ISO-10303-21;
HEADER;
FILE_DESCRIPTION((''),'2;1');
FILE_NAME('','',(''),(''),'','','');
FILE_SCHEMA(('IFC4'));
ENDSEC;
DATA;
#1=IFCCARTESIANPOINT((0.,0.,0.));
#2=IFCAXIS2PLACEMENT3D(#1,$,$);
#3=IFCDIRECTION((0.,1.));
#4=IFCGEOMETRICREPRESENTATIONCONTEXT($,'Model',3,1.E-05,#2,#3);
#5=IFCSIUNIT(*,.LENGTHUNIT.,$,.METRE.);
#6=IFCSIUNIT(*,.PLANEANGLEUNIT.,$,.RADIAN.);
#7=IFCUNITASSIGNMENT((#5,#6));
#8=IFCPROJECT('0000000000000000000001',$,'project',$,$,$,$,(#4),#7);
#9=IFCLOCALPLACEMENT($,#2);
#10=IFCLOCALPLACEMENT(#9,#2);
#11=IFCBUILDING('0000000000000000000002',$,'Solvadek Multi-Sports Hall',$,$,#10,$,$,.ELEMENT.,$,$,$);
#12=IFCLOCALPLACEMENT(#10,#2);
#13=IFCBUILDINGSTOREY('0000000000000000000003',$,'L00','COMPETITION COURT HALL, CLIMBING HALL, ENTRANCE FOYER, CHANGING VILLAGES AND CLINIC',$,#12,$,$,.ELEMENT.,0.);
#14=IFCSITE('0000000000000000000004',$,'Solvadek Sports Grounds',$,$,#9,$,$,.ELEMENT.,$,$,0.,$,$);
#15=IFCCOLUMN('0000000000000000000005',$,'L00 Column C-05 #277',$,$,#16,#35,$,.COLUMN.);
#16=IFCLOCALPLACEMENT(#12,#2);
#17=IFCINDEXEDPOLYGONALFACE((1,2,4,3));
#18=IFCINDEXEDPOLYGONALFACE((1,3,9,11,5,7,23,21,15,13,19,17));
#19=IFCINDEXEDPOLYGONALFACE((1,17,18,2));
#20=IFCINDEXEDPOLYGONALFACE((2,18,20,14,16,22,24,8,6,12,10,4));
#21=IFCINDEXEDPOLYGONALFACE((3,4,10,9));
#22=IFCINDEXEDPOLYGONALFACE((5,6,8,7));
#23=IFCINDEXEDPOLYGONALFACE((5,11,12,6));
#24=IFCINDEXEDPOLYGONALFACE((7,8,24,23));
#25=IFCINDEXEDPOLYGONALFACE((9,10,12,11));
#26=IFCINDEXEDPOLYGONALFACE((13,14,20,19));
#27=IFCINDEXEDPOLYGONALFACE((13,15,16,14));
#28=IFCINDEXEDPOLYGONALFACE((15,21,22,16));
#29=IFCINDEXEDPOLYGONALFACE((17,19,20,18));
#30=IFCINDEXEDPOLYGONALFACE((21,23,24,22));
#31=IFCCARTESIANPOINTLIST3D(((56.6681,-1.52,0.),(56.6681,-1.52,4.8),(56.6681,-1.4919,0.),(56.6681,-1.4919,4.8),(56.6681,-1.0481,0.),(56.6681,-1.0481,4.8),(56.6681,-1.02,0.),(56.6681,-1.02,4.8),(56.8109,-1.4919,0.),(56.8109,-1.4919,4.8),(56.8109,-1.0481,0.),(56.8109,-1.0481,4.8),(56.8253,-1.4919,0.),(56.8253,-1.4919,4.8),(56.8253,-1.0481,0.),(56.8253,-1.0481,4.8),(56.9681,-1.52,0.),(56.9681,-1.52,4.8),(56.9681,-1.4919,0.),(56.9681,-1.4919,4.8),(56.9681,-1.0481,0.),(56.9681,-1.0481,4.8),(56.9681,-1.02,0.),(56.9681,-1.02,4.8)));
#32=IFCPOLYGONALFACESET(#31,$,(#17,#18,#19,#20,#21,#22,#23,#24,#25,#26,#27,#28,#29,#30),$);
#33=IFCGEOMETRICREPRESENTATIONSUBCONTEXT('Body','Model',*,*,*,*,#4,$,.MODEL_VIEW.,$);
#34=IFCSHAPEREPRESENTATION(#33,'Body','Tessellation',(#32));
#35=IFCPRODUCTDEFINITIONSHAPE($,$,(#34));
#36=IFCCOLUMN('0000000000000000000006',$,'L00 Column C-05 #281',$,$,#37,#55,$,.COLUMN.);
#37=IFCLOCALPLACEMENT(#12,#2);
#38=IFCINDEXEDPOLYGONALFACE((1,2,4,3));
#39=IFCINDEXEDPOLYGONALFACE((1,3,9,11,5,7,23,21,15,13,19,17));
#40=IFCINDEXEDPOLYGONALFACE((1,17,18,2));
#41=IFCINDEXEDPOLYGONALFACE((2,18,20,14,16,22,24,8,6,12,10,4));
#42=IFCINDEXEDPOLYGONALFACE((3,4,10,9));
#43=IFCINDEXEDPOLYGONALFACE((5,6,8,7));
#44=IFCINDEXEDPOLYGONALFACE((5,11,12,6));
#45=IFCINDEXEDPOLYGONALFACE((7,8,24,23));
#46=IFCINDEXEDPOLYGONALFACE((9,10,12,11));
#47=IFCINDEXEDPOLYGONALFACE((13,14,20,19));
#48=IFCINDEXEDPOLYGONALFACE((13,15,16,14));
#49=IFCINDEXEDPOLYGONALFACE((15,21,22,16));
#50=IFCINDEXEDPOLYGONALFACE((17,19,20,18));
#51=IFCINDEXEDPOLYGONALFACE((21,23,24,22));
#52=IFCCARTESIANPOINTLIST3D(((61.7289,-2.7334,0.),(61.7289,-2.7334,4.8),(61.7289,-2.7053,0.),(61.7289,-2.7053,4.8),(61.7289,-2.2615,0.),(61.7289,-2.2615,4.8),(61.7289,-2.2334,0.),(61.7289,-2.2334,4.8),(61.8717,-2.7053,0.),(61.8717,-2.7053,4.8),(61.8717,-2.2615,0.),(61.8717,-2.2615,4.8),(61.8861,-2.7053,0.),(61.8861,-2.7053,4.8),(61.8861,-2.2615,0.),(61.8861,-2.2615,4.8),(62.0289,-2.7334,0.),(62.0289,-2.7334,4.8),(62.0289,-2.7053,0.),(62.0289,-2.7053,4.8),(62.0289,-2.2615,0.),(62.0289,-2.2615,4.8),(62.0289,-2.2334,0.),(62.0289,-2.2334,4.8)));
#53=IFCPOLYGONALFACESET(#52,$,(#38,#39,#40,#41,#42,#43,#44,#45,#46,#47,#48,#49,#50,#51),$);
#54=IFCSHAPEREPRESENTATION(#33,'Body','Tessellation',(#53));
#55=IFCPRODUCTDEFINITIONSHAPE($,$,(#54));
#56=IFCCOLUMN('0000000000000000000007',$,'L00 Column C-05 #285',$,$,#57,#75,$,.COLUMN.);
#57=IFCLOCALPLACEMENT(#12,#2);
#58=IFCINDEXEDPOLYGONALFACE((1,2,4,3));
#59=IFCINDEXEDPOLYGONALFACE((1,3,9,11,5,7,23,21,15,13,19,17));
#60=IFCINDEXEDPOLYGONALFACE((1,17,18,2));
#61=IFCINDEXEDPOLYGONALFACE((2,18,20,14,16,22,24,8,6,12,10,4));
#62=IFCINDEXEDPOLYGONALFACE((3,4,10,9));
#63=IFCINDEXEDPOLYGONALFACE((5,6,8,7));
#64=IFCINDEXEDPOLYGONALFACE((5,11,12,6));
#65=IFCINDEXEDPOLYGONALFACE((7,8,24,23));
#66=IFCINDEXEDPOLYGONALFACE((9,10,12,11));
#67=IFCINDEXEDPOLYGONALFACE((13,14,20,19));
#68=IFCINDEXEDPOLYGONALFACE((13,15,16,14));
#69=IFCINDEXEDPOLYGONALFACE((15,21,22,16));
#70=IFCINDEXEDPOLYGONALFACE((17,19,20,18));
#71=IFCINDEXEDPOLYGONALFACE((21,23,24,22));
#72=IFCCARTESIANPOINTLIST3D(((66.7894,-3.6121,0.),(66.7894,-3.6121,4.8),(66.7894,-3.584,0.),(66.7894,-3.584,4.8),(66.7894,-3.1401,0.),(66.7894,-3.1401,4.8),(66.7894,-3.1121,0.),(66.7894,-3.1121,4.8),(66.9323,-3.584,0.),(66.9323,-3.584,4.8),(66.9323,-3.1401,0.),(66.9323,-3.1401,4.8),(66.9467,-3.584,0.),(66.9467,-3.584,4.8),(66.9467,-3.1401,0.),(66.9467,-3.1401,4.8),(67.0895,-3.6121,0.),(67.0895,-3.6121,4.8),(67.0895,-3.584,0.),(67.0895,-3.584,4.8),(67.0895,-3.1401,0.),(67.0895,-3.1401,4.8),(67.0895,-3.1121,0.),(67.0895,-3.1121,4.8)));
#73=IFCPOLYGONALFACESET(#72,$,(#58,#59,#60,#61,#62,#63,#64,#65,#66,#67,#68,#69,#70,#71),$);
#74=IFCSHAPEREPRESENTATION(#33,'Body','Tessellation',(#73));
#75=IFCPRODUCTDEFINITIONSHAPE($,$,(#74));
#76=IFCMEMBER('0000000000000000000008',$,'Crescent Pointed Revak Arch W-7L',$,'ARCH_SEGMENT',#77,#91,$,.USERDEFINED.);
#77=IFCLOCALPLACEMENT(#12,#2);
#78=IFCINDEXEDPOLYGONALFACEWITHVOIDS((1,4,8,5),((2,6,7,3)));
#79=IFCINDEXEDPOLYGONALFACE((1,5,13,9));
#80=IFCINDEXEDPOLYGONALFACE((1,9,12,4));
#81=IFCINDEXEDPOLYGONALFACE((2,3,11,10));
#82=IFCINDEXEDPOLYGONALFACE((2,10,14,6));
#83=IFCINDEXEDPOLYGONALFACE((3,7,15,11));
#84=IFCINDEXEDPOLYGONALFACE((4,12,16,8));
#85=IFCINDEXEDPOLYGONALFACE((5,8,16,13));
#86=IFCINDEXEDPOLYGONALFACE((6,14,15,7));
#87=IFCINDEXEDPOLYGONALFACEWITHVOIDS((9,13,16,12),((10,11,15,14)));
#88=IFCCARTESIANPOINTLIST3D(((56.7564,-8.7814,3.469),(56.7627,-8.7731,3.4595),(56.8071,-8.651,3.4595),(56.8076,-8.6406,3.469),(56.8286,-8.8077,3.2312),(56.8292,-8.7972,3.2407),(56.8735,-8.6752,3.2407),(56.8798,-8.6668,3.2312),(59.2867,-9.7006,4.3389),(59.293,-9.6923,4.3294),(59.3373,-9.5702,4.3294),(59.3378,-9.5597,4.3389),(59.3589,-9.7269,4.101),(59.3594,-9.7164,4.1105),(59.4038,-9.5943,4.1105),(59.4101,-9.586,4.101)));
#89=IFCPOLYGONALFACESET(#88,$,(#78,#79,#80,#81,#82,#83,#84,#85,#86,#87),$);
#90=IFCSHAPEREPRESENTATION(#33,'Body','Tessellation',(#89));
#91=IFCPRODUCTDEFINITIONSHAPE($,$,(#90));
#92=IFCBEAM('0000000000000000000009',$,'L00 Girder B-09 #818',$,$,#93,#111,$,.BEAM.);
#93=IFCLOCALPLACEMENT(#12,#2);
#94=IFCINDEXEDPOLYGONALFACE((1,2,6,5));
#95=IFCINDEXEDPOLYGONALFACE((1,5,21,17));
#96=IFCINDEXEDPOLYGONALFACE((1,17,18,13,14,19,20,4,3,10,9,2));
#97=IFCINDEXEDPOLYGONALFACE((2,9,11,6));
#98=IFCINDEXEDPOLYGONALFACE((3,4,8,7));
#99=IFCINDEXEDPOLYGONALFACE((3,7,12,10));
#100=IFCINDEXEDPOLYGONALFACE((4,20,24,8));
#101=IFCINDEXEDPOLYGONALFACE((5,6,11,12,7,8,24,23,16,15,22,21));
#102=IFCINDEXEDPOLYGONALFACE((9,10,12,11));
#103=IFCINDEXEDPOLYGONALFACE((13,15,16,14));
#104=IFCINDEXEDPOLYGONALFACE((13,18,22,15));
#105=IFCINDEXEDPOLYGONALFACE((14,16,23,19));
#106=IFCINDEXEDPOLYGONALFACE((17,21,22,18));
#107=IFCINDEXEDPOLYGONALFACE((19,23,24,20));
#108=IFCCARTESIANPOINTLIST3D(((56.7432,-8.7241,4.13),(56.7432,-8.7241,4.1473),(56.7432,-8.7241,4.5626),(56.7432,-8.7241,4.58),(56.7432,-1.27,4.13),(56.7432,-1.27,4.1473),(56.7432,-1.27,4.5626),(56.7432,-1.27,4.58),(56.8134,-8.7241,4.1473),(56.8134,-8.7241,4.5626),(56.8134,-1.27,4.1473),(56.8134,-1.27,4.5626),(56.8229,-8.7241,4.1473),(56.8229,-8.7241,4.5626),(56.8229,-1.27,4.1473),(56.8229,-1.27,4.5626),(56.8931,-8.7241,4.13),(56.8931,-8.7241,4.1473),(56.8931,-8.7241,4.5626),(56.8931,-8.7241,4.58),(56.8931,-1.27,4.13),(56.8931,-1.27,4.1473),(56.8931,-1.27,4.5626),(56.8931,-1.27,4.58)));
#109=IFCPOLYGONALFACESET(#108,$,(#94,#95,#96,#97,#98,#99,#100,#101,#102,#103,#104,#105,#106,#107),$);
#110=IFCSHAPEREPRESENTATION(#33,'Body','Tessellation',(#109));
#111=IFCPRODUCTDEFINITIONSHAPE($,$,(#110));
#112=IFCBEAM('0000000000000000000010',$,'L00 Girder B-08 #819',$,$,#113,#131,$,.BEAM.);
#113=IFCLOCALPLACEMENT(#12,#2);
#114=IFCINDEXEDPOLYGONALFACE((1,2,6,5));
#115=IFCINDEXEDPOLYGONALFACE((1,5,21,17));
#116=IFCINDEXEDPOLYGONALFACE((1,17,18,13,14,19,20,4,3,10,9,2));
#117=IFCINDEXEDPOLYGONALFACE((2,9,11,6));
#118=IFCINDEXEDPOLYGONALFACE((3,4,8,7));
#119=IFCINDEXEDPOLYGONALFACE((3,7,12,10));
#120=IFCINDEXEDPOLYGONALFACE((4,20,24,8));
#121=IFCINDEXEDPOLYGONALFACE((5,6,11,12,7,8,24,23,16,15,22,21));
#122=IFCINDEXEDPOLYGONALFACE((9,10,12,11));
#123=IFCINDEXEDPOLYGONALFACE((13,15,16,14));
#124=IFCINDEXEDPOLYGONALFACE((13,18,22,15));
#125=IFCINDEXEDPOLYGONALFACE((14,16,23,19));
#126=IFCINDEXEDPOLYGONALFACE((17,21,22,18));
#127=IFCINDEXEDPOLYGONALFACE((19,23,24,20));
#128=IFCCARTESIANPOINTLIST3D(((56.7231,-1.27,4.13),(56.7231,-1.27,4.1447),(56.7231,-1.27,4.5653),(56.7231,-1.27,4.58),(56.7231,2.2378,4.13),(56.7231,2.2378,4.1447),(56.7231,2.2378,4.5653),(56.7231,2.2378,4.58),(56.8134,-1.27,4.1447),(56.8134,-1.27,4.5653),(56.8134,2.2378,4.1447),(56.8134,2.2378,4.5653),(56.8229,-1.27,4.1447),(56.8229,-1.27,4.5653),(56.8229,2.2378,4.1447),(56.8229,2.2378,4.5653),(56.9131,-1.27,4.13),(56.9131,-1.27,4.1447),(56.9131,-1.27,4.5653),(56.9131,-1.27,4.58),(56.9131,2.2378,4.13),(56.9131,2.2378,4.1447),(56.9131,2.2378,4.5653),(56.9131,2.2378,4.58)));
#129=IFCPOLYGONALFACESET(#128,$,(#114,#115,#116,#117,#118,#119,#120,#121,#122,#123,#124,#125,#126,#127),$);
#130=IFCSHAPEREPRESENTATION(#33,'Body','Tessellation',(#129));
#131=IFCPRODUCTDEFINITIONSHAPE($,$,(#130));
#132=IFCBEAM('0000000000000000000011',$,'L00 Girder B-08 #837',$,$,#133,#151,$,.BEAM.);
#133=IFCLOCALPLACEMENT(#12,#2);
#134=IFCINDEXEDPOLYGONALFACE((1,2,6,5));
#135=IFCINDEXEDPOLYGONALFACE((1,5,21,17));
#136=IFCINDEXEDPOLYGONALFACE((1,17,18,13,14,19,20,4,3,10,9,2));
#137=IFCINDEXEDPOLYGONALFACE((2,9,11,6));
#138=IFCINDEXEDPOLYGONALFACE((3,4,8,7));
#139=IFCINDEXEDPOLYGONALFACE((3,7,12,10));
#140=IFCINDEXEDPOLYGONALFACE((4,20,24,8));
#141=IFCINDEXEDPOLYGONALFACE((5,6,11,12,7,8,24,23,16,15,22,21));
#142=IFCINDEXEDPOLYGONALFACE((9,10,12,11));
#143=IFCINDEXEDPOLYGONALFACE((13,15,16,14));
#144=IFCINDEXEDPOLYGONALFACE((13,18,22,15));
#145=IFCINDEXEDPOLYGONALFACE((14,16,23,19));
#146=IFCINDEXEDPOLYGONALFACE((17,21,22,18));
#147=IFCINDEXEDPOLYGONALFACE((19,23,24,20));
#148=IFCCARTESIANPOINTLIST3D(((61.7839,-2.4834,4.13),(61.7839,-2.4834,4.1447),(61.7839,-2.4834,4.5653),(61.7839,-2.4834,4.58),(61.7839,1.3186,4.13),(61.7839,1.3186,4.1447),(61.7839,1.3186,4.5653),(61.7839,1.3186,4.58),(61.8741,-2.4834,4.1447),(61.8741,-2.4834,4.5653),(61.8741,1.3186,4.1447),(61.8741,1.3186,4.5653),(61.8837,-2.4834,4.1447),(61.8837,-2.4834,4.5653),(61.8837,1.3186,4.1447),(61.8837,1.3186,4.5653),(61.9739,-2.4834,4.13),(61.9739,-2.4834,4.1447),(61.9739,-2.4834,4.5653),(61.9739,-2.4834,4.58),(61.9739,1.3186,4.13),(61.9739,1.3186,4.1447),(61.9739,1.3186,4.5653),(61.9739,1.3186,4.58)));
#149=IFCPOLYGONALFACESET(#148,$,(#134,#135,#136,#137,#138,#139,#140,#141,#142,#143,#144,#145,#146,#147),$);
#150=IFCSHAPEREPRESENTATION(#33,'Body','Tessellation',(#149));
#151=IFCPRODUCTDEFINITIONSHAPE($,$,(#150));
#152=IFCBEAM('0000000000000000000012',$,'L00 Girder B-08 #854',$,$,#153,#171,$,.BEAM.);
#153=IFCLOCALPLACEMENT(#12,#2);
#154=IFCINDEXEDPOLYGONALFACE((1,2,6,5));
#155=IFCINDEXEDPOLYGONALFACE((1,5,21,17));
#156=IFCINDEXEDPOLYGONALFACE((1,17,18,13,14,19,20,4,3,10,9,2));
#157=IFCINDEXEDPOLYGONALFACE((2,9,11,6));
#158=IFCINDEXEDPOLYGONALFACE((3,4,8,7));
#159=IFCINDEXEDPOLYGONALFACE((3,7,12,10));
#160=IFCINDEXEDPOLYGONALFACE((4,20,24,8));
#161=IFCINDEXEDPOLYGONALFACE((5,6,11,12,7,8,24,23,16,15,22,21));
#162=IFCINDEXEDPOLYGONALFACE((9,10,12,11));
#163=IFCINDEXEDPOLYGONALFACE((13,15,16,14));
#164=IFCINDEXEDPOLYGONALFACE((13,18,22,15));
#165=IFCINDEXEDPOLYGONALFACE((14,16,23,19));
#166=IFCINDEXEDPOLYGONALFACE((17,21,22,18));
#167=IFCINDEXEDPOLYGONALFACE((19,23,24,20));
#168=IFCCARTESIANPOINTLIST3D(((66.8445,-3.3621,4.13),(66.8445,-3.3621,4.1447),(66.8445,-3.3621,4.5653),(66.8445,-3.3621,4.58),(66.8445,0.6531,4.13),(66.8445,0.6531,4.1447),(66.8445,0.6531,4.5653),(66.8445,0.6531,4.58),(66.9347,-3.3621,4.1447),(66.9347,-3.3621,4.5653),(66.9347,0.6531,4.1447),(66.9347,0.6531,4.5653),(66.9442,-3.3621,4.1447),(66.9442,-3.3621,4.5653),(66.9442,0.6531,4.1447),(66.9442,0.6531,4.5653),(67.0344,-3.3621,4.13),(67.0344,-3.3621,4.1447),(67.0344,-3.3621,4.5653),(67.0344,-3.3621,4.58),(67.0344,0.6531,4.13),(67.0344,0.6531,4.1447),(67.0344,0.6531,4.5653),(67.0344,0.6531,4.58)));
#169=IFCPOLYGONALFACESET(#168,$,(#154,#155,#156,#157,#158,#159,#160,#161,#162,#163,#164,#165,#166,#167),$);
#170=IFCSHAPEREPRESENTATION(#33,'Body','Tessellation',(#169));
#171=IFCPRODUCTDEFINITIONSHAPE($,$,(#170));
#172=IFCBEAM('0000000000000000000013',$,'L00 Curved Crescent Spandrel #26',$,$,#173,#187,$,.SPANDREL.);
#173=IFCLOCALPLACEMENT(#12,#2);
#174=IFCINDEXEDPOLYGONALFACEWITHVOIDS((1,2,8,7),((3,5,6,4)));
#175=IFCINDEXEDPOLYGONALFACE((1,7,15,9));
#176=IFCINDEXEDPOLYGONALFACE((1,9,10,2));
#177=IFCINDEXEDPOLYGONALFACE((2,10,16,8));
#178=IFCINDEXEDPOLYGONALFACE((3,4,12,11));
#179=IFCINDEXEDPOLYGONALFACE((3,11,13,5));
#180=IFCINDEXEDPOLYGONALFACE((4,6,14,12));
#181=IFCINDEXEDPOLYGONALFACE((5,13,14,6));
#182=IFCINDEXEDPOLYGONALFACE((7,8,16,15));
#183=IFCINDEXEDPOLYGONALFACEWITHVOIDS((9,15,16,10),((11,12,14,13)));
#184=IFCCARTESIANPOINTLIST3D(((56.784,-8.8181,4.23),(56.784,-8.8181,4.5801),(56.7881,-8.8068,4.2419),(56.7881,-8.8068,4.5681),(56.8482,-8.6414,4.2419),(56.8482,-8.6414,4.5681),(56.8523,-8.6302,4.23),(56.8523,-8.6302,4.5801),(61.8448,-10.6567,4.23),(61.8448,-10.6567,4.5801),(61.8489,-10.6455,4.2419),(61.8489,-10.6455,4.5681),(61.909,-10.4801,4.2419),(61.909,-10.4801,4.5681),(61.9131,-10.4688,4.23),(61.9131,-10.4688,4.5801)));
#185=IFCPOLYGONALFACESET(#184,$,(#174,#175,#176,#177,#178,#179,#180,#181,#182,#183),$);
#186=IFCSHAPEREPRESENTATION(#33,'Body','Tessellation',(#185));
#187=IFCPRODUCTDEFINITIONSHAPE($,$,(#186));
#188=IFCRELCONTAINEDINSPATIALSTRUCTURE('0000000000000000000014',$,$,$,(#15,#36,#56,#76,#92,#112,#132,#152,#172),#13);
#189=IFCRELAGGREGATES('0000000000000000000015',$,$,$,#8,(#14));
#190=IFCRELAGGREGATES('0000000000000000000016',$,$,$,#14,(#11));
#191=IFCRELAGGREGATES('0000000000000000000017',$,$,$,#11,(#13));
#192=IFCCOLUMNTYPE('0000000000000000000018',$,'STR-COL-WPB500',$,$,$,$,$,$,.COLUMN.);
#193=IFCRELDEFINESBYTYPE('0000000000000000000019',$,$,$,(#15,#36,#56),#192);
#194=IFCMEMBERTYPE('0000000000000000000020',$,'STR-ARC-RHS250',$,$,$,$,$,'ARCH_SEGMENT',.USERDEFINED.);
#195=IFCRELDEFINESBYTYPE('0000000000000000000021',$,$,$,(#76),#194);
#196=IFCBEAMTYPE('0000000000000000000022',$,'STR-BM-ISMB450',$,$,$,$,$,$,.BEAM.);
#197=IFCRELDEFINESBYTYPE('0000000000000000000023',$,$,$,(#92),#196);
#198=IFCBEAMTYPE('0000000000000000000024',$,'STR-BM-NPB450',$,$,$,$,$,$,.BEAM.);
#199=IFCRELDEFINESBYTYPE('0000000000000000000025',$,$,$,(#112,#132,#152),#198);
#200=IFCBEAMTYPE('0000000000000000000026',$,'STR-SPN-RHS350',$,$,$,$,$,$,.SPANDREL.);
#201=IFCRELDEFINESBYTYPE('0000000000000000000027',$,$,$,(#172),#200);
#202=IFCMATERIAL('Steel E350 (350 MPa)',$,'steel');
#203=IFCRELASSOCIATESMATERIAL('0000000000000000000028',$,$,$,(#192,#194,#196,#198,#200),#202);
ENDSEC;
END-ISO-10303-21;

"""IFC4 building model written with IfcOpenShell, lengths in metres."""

from ifc_helpers import new_model, si_unit, direction, frame, origin, origin_2d, place, context, subcontext, project, spatial, hollow_rectangle, i_section, extrude, material, material_profile, profile_set, type_object, element, save


model = new_model("IFC4")

# Units and contexts
model_context = context("Model", 3, precision=1e-05, world=origin(), true_north=direction((0.0, 1.0)))
body_context = subcontext(model_context, "Body", "Model", "MODEL_VIEW")
ifc_project = project(units=[si_unit("LENGTHUNIT", "METRE"), si_unit("PLANEANGLEUNIT", "RADIAN")], contexts=[model_context])

# Site, building, storey
site_placement = place(None, origin())
site = spatial("IfcSite", under=ifc_project, at=site_placement, Name="Solvadek Sports Grounds", CompositionType="ELEMENT", RefElevation=0.0)
building_placement = place(site_placement, origin())
building = spatial("IfcBuilding", under=site, at=building_placement, Name="Solvadek Multi-Sports Hall", CompositionType="ELEMENT")
storey_placement = place(building_placement, origin())
storey = spatial("IfcBuildingStorey", under=building, at=storey_placement, Name="L00", Description="COMPETITION COURT HALL, CLIMBING HALL, ENTRANCE FOYER, CHANGING VILLAGES AND CLINIC", CompositionType="ELEMENT", Elevation=0.0)

# Columns
ifc_material_1 = material(Name="Steel E350 (350 MPa)", Category="steel")
ifc_material_profile_1 = material_profile(ifc_material_1, i_section(OverallWidth=0.3, OverallDepth=0.5, WebThickness=0.0144, FlangeThickness=0.0281, at=origin_2d()), Name="WPB 500")
ifc_profile_set_1 = profile_set([ifc_material_profile_1], Name="Steel E350 (350 MPa)")
column_type = type_object("IfcColumnType", Name="STR-COL-WPB500", PredefinedType="COLUMN", material=ifc_profile_set_1)
for number, where, z_axis, x_axis, name in (
    (1, (56.8181, -1.27, 0.0), (0.0, 0.0, 1.0), (1.0, 0.0, 0.0), "L00 Column C-05 #277"),
    (2, (61.8789, -2.4834, 0.0), (0.0, 0.0, 1.0), (1.0, 0.0, 0.0), "L00 Column C-05 #281"),
    (3, (66.9395, -3.3621, 0.0), (0.0, 0.0, 1.0), (1.0, 0.0, 0.0), "L00 Column C-05 #285"),
):
    element("IfcColumn", number, at=place(storey_placement, frame(where, z_axis=z_axis, x_axis=x_axis)), inside=storey, type_object=column_type, Name=name, PredefinedType="COLUMN", context=body_context, shape_type="SweptSolid", body=[
        extrude(i_section(OverallWidth=0.3, OverallDepth=0.5, WebThickness=0.0144, FlangeThickness=0.0281, at=origin_2d()), origin(), (0.0, 0.0, 1.0), 4.8),
    ])

# Member
ifc_material_profile_2 = material_profile(ifc_material_1, hollow_rectangle(XDim=0.1499, YDim=0.25, WallThickness=0.01, at=origin_2d()), Name="RHS 250x150x10")
ifc_profile_set_2 = profile_set([ifc_material_profile_2], Name="Steel E350 (350 MPa)")
member_type = type_object("IfcMemberType", Name="STR-ARC-RHS250", ElementType="ARCH_SEGMENT", PredefinedType="USERDEFINED", material=ifc_profile_set_2)
member_placement = place(storey_placement, frame((56.8181, -8.7241, 3.3501), z_axis=(0.89437, -0.324904, 0.307472), x_axis=(0.341444, 0.939902, 0.0)))
element("IfcMember", 4, at=member_placement, inside=storey, type_object=member_type, Name="Crescent Pointed Revak Arch W-7L", ObjectType="ARCH_SEGMENT", PredefinedType="USERDEFINED", context=body_context, shape_type="SweptSolid", body=[
    extrude(hollow_rectangle(XDim=0.1499, YDim=0.25, WallThickness=0.01, at=origin_2d()), origin(), (0.0, 0.0, 1.0), 2.8291),
])

# Beams
ifc_material_profile_3 = material_profile(ifc_material_1, i_section(OverallWidth=0.1499, OverallDepth=0.45, WebThickness=0.0095, FlangeThickness=0.0173, at=origin_2d()), Name="ISMB 450")
ifc_profile_set_3 = profile_set([ifc_material_profile_3], Name="Steel E350 (350 MPa)")
beam_type_1 = type_object("IfcBeamType", Name="STR-BM-ISMB450", PredefinedType="BEAM", material=ifc_profile_set_3)
beam_1_placement = place(storey_placement, frame((56.8181, -8.7241, 4.355), z_axis=(0.0, 1.0, 0.0), x_axis=(-1.0, 0.0, 0.0)))
element("IfcBeam", 5, at=beam_1_placement, inside=storey, type_object=beam_type_1, Name="L00 Girder B-09 #818", PredefinedType="BEAM", context=body_context, shape_type="SweptSolid", body=[
    extrude(i_section(OverallWidth=0.1499, OverallDepth=0.45, WebThickness=0.0095, FlangeThickness=0.0173, at=origin_2d()), origin(), (0.0, 0.0, 1.0), 7.4541),
])
ifc_material_profile_4 = material_profile(ifc_material_1, i_section(OverallWidth=0.1899, OverallDepth=0.45, WebThickness=0.0095, FlangeThickness=0.0146, at=origin_2d()), Name="NPB 450")
ifc_profile_set_4 = profile_set([ifc_material_profile_4], Name="Steel E350 (350 MPa)")
beam_type_2 = type_object("IfcBeamType", Name="STR-BM-NPB450", PredefinedType="BEAM", material=ifc_profile_set_4)
beam_2_placement = place(storey_placement, frame((56.8181, -1.27, 4.355), z_axis=(0.0, 1.0, 0.0), x_axis=(-1.0, 0.0, 0.0)))
element("IfcBeam", 6, at=beam_2_placement, inside=storey, type_object=beam_type_2, Name="L00 Girder B-08 #819", PredefinedType="BEAM", context=body_context, shape_type="SweptSolid", body=[
    extrude(i_section(OverallWidth=0.1899, OverallDepth=0.45, WebThickness=0.0095, FlangeThickness=0.0146, at=origin_2d()), origin(), (0.0, 0.0, 1.0), 3.5078),
])
beam_3_placement = place(storey_placement, frame((61.8789, -2.4834, 4.355), z_axis=(0.0, 1.0, 0.0), x_axis=(-1.0, 0.0, 0.0)))
element("IfcBeam", 7, at=beam_3_placement, inside=storey, type_object=beam_type_2, Name="L00 Girder B-08 #837", PredefinedType="BEAM", context=body_context, shape_type="SweptSolid", body=[
    extrude(i_section(OverallWidth=0.1899, OverallDepth=0.45, WebThickness=0.0095, FlangeThickness=0.0146, at=origin_2d()), origin(), (0.0, 0.0, 1.0), 3.802),
])
beam_4_placement = place(storey_placement, frame((66.9395, -3.3621, 4.355), z_axis=(0.0, 1.0, 0.0), x_axis=(-1.0, 0.0, 0.0)))
element("IfcBeam", 8, at=beam_4_placement, inside=storey, type_object=beam_type_2, Name="L00 Girder B-08 #854", PredefinedType="BEAM", context=body_context, shape_type="SweptSolid", body=[
    extrude(i_section(OverallWidth=0.1899, OverallDepth=0.45, WebThickness=0.0095, FlangeThickness=0.0146, at=origin_2d()), origin(), (0.0, 0.0, 1.0), 4.0151),
])
ifc_material_profile_5 = material_profile(ifc_material_1, hollow_rectangle(XDim=0.2, YDim=0.3501, WallThickness=0.012, at=origin_2d()), Name="RHS 350x200x12")
ifc_profile_set_5 = profile_set([ifc_material_profile_5], Name="Steel E350 (350 MPa)")
beam_type_3 = type_object("IfcBeamType", Name="STR-SPN-RHS350", PredefinedType="SPANDREL", material=ifc_profile_set_5)
beam_5_placement = place(storey_placement, frame((56.8181, -8.7241, 4.405), z_axis=(0.939893, -0.34147, 0.0), x_axis=(0.34147, 0.939893, 0.0)))
element("IfcBeam", 9, at=beam_5_placement, inside=storey, type_object=beam_type_3, Name="L00 Curved Crescent Spandrel #26", PredefinedType="SPANDREL", context=body_context, shape_type="SweptSolid", body=[
    extrude(hollow_rectangle(XDim=0.2, YDim=0.3501, WallThickness=0.012, at=origin_2d()), origin(), (0.0, 0.0, 1.0), 5.3845),
])

save(model, "model.ifc")
